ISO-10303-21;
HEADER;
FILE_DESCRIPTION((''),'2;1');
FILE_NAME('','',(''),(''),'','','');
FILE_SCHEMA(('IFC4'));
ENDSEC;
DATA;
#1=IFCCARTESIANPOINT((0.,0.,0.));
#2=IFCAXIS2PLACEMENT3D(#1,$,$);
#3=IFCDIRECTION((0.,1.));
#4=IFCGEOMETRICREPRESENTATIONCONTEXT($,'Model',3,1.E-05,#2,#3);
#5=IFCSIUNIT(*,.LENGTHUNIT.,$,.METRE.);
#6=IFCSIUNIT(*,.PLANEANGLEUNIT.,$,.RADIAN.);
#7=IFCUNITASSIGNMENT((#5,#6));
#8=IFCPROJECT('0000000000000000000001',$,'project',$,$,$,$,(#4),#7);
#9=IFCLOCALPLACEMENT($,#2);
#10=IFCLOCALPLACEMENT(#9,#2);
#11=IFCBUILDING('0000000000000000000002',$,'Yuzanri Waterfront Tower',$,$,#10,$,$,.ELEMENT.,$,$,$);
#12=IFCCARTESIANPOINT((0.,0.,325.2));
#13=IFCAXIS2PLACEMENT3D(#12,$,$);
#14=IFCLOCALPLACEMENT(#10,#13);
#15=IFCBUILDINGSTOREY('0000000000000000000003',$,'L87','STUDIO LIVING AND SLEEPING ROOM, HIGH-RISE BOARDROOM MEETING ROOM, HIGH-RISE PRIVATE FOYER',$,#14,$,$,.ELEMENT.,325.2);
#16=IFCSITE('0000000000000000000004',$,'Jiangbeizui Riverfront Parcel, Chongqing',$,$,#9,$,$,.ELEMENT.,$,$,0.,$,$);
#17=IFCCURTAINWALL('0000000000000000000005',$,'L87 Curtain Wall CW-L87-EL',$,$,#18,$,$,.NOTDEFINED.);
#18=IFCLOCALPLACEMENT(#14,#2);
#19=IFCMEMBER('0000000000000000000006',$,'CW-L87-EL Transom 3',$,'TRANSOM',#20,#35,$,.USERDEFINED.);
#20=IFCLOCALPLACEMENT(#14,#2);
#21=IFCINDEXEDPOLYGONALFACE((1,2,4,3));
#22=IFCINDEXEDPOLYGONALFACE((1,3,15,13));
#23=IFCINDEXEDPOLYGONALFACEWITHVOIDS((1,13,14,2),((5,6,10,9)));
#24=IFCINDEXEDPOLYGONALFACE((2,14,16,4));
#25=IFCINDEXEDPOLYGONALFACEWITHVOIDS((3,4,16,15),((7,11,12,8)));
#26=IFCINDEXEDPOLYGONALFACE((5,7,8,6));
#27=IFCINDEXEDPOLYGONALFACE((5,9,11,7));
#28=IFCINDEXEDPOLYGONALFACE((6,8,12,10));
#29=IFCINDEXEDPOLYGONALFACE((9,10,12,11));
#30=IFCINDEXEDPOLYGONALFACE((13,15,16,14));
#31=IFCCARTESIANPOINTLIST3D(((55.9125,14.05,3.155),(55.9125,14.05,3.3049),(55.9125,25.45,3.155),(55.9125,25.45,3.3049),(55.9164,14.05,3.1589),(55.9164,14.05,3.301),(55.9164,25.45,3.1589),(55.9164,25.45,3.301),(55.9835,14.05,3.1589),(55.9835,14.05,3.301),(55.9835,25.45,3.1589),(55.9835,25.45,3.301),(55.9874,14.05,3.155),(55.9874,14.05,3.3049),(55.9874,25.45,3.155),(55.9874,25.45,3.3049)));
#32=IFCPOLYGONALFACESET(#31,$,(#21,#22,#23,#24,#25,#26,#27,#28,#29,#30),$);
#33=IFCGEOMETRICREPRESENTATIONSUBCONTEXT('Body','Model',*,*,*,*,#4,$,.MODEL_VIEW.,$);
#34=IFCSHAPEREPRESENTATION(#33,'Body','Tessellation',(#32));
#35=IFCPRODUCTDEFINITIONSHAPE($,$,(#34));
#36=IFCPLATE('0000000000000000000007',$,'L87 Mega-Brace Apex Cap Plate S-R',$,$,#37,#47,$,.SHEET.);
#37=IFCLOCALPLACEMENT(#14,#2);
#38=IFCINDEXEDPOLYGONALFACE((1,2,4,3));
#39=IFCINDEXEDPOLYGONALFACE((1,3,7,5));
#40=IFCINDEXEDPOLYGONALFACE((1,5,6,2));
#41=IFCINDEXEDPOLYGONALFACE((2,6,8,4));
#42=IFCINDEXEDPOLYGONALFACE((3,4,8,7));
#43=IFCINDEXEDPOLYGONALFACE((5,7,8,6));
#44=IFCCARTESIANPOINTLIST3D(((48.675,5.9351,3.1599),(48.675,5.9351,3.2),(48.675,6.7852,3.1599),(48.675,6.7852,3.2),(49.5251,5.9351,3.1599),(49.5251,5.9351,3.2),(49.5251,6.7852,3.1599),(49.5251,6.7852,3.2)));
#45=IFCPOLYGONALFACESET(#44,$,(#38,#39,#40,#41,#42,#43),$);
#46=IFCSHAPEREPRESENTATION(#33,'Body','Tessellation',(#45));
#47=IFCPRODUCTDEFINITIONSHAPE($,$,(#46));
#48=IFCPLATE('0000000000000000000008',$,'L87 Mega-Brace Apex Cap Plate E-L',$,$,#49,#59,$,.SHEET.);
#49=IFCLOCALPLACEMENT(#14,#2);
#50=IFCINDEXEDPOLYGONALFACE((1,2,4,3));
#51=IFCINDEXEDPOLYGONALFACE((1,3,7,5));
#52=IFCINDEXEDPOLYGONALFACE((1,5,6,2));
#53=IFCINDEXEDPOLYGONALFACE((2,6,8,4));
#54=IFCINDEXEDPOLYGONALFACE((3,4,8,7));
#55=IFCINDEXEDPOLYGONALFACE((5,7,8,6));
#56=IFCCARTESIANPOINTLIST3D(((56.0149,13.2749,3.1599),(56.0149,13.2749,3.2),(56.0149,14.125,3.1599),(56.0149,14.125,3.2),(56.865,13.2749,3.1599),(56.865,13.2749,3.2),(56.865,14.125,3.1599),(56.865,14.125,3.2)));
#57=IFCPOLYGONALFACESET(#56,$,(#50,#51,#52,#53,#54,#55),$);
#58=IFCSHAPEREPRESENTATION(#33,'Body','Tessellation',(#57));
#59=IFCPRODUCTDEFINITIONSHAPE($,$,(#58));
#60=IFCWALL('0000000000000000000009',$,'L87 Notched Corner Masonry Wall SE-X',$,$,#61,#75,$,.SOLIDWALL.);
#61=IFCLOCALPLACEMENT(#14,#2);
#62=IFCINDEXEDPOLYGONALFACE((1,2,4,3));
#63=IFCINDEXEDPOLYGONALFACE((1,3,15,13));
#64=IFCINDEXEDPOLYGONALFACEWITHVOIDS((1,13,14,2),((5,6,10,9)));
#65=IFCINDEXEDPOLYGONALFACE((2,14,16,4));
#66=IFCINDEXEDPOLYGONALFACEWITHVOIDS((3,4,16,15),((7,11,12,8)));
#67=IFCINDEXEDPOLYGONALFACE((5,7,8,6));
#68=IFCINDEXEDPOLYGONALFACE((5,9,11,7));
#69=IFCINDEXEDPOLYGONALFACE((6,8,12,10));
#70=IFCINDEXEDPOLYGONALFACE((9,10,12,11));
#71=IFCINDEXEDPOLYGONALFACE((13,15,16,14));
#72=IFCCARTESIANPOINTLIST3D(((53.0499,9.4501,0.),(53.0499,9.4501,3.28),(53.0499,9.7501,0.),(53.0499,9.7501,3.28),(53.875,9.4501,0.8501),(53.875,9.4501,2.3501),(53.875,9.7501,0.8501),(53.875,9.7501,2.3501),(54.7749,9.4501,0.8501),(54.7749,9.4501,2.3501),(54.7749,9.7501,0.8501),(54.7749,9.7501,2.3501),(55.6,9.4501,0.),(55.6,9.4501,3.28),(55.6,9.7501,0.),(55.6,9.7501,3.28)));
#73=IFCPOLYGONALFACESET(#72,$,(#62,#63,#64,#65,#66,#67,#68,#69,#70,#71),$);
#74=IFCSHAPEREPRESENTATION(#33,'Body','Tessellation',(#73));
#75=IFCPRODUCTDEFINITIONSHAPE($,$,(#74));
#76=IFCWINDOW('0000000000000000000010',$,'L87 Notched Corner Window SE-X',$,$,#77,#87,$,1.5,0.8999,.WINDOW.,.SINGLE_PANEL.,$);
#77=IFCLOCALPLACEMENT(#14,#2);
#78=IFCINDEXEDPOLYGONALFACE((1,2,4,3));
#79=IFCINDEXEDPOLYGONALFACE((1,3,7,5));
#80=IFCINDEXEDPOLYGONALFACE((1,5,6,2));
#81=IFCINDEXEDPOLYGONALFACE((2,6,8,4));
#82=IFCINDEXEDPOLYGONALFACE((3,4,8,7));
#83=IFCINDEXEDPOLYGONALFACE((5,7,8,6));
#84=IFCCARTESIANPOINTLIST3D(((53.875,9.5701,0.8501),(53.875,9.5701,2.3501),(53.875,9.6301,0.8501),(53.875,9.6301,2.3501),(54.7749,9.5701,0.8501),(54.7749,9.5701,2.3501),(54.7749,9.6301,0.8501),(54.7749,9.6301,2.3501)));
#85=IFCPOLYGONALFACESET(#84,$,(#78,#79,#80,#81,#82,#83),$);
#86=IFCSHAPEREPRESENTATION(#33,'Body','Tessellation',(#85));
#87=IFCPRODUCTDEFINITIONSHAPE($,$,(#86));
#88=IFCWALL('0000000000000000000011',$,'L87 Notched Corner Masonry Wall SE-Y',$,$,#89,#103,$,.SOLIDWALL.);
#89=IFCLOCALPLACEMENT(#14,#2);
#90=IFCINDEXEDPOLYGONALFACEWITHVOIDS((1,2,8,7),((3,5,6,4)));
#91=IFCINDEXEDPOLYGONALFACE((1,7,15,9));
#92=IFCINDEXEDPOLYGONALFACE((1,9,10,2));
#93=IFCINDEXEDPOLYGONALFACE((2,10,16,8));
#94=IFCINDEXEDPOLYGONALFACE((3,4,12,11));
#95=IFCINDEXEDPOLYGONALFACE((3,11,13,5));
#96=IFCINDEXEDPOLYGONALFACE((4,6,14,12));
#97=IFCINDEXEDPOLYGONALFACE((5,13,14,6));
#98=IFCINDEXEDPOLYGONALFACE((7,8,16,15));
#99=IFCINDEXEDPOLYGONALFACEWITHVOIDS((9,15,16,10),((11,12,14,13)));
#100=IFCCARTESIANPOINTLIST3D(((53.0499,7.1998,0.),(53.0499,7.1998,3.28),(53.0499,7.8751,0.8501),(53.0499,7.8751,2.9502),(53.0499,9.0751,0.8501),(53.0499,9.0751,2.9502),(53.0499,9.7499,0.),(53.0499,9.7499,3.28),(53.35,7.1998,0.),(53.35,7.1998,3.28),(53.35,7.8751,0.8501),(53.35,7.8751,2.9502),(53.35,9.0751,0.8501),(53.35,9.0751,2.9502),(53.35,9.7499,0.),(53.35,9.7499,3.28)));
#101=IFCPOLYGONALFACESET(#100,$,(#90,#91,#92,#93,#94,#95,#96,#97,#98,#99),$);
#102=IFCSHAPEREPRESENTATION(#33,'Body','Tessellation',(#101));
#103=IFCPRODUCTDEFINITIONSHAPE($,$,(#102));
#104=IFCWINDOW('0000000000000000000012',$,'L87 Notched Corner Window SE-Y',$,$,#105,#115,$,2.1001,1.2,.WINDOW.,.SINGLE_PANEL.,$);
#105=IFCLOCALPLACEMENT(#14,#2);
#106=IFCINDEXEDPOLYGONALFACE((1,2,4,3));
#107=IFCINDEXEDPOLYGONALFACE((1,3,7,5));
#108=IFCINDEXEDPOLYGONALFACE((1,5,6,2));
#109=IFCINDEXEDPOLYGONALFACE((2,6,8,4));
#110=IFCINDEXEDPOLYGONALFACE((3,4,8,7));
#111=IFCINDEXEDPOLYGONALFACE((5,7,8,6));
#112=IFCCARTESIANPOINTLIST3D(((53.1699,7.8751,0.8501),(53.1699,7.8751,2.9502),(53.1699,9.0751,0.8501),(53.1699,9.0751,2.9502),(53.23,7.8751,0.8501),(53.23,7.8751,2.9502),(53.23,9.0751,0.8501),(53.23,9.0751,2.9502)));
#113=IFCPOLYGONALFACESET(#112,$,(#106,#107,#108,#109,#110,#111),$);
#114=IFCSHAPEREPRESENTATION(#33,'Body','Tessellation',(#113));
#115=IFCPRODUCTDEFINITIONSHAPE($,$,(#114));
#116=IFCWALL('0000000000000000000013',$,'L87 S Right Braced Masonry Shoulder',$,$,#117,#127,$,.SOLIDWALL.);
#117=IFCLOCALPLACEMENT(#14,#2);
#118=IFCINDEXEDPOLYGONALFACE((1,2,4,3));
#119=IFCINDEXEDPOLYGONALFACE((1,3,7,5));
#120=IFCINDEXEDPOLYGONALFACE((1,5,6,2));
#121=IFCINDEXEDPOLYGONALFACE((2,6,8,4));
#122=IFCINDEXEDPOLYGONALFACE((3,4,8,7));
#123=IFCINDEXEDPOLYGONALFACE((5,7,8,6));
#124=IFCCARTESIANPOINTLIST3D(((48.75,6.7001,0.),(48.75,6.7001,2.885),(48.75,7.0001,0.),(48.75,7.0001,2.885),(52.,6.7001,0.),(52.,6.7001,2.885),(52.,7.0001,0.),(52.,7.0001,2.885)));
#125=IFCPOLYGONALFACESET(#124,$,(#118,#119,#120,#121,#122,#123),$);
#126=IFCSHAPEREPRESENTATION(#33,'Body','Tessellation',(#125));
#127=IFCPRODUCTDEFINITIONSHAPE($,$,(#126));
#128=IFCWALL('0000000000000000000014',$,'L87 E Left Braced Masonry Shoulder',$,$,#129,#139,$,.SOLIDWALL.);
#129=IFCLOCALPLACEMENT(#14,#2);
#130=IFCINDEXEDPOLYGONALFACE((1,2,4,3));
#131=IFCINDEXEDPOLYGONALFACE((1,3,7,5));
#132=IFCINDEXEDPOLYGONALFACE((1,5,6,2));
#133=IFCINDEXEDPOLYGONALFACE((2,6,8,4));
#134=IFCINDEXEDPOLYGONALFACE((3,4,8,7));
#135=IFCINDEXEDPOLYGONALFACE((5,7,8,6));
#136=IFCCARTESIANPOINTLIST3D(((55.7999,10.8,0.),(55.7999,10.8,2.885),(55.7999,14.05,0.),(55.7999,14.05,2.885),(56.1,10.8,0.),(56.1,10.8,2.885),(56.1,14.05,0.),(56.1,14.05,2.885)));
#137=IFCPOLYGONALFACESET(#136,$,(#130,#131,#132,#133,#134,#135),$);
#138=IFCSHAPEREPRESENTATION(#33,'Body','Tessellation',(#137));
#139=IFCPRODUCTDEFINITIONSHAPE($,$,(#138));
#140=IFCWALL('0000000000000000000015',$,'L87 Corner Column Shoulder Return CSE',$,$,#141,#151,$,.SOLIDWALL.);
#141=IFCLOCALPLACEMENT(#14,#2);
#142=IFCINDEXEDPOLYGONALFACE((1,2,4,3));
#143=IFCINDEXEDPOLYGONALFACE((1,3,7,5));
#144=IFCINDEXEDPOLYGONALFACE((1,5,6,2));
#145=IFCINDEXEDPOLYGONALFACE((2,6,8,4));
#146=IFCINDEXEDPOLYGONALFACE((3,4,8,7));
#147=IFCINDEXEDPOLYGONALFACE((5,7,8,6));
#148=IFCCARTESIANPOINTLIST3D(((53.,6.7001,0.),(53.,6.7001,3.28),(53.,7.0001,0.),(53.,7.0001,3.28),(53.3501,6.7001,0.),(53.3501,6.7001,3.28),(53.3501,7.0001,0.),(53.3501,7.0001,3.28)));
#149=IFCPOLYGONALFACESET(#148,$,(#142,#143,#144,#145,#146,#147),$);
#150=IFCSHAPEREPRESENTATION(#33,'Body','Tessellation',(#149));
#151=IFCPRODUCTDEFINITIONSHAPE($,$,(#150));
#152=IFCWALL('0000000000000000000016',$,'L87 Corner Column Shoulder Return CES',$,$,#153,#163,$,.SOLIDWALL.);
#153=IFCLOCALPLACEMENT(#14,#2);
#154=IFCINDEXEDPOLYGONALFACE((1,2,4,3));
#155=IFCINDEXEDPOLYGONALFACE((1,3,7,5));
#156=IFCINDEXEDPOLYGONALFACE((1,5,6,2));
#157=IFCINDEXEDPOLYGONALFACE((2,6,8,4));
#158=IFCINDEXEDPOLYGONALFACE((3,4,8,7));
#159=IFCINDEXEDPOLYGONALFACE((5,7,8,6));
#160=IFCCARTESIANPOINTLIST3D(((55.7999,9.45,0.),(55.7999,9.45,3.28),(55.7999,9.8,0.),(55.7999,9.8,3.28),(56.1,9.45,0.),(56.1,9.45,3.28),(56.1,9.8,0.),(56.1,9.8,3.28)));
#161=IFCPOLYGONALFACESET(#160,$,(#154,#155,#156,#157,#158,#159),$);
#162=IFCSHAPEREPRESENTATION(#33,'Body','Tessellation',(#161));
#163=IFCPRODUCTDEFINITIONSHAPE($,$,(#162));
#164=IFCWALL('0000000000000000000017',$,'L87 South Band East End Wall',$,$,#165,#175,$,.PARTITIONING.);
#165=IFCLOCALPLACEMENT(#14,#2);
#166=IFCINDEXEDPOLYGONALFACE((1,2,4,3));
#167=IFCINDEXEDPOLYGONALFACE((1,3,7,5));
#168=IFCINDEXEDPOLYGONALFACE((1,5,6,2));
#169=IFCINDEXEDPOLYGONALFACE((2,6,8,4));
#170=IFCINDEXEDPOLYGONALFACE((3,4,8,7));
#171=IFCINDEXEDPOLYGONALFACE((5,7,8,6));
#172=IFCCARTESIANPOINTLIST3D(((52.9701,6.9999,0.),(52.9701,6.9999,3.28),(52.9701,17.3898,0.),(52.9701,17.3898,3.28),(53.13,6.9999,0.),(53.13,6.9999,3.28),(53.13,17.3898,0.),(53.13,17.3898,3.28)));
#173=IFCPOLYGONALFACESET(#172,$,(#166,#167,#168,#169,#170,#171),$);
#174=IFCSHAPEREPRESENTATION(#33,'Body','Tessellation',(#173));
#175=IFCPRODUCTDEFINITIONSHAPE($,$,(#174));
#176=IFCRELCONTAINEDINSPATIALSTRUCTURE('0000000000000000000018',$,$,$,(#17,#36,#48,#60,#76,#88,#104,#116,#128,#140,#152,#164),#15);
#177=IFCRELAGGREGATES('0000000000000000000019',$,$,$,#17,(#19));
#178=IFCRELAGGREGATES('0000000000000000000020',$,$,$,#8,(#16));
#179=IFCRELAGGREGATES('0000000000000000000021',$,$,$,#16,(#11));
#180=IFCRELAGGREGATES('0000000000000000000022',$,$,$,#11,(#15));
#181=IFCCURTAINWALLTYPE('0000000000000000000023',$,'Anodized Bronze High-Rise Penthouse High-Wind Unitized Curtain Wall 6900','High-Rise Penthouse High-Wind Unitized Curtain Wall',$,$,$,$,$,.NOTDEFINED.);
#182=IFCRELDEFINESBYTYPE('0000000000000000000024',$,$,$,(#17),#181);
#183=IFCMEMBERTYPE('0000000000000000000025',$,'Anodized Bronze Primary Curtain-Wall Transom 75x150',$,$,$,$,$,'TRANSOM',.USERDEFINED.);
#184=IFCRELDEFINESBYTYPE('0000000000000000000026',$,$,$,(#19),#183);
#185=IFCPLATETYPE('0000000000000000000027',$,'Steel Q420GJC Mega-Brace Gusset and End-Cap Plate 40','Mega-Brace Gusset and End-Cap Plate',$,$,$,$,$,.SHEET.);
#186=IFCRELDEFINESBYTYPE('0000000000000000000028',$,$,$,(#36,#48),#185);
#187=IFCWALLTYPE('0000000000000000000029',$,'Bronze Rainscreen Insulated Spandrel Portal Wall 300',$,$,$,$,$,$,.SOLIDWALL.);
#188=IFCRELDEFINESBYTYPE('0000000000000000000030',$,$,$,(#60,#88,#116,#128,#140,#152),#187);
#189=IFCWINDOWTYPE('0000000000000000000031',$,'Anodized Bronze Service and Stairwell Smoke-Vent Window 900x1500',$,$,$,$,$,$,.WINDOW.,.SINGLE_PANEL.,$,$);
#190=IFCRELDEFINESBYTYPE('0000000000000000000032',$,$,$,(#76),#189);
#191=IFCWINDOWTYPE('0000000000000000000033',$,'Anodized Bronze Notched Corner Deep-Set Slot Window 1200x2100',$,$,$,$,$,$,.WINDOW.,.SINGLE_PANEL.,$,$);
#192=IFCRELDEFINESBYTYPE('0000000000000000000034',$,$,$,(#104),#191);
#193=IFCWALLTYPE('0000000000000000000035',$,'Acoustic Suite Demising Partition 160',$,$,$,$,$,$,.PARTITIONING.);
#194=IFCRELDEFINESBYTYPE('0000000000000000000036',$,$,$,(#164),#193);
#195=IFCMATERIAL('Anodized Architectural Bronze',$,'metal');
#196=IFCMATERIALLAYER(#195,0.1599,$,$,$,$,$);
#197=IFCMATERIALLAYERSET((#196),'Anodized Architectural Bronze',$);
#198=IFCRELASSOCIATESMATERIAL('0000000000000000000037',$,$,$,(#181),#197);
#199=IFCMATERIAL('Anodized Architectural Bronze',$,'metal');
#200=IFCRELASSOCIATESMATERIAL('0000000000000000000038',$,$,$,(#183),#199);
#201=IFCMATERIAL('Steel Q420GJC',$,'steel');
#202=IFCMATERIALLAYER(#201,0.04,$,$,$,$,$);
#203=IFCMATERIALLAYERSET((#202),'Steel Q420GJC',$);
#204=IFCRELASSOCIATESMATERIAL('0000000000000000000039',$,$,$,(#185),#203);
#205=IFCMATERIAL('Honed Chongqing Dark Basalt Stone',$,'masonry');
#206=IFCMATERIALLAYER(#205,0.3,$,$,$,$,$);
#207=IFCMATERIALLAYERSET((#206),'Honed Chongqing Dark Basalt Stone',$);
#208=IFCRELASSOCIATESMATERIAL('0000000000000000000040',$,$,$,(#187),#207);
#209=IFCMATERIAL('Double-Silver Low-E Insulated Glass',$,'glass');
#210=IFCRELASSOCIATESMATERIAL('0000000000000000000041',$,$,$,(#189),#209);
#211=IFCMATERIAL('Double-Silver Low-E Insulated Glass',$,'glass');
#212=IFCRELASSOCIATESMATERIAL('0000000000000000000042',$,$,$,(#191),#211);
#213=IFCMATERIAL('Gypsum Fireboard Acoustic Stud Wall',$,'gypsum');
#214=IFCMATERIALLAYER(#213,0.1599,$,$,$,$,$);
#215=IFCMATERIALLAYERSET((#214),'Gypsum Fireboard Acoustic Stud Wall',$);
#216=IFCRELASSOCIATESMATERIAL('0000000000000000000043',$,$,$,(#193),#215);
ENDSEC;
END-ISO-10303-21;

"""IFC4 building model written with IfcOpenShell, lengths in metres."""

from ifc_helpers import new_model, si_unit, direction, frame, frame_2d, origin, origin_2d, place, context, subcontext, project, spatial, rectangle, hollow_rectangle, extrude, source, transform, mapped, material, layer, layer_set, material_profile, profile_set, type_object, element, fill, aggregate, save


model = new_model("IFC4")

# Units and contexts
model_context = context("Model", 3, precision=1e-05, world=origin(), true_north=direction((0.0, 1.0)))
body_context = subcontext(model_context, "Body", "Model", "MODEL_VIEW")
ifc_project = project(units=[si_unit("LENGTHUNIT", "METRE"), si_unit("PLANEANGLEUNIT", "RADIAN")], contexts=[model_context])

# Site, building, storey
site_placement = place(None, origin())
site = spatial("IfcSite", under=ifc_project, at=site_placement, Name="Jiangbeizui Riverfront Parcel, Chongqing", CompositionType="ELEMENT", RefElevation=0.0)
building_placement = place(site_placement, origin())
building = spatial("IfcBuilding", under=site, at=building_placement, Name="Yuzanri Waterfront Tower", CompositionType="ELEMENT")
storey_placement = place(building_placement, frame((0.0, 0.0, 325.2)))
storey = spatial("IfcBuildingStorey", under=building, at=storey_placement, Name="L87", Description="STUDIO LIVING AND SLEEPING ROOM, HIGH-RISE BOARDROOM MEETING ROOM, HIGH-RISE PRIVATE FOYER", CompositionType="ELEMENT", Elevation=325.2)

# Curtain wall
ifc_material_1 = material(Name="Anodized Architectural Bronze", Category="metal")
ifc_layer_1 = layer(ifc_material_1, 0.1599)
ifc_layer_set_1 = layer_set([ifc_layer_1], Name="Anodized Architectural Bronze")
curtain_wall_type = type_object("IfcCurtainWallType", Name="Anodized Bronze High-Rise Penthouse High-Wind Unitized Curtain Wall 6900", Description="High-Rise Penthouse High-Wind Unitized Curtain Wall", PredefinedType="NOTDEFINED", material=ifc_layer_set_1)
curtain_wall_1_placement = place(storey_placement, origin())
curtain_wall_1 = element("IfcCurtainWall", 1, at=curtain_wall_1_placement, inside=storey, type_object=curtain_wall_type, Name="L87 Curtain Wall CW-L87-EL", PredefinedType="NOTDEFINED")

# Member
ifc_material_2 = material(Name="Anodized Architectural Bronze", Category="metal")
ifc_material_profile_1 = material_profile(ifc_material_2, hollow_rectangle(XDim=0.075, YDim=0.1499, WallThickness=0.0039, at=origin_2d()), Name="CWT 75x150")
ifc_profile_set_1 = profile_set([ifc_material_profile_1], Name="Anodized Architectural Bronze")
member_type_1 = type_object("IfcMemberType", Name="Anodized Bronze Primary Curtain-Wall Transom 75x150", ElementType="TRANSOM", PredefinedType="USERDEFINED", material=ifc_profile_set_1)
shared_shape_1 = source(origin(), body_context, "Body", "SweptSolid", [
    extrude(hollow_rectangle(XDim=0.075, YDim=0.1499, WallThickness=0.0039, at=origin_2d()), origin(), (0.0, 0.0, 1.0), 11.3999),
])
member_1_placement = place(storey_placement, frame((55.95, 14.05, 3.23), z_axis=(0.0, 1.0, 0.0), x_axis=(-1.0, 0.0, 0.0)))
member_1 = element("IfcMember", 2, at=member_1_placement, type_object=member_type_1, Name="CW-L87-EL Transom 3", ObjectType="TRANSOM", PredefinedType="USERDEFINED", context=body_context, shape_type="MappedRepresentation", body=[
    mapped(shared_shape_1, transform((0.0, 0.0, 0.0), scale=1.0)),
])
aggregate(curtain_wall_1, [member_1])

# Plates
ifc_material_3 = material(Name="Steel Q420GJC", Category="steel")
ifc_layer_2 = layer(ifc_material_3, 0.04)
ifc_layer_set_2 = layer_set([ifc_layer_2], Name="Steel Q420GJC")
plate_type = type_object("IfcPlateType", Name="Steel Q420GJC Mega-Brace Gusset and End-Cap Plate 40", Description="Mega-Brace Gusset and End-Cap Plate", PredefinedType="SHEET", material=ifc_layer_set_2)
shared_shape_2 = source(origin(), body_context, "Body", "SweptSolid", [
    extrude(rectangle(XDim=0.8501, YDim=0.8501, at=origin_2d()), origin(), (0.0, 0.0, 1.0), 0.04),
])
for number, where, z_axis, x_axis, name in (
    (3, (49.1001, 6.3601, 3.1599), (0.0, 0.0, 1.0), (1.0, 0.0, 0.0), "L87 Mega-Brace Apex Cap Plate S-R"),
    (4, (56.4399, 13.7, 3.1599), (0.0, 0.0, 1.0), (1.0, 0.0, 0.0), "L87 Mega-Brace Apex Cap Plate E-L"),
):
    element("IfcPlate", number, at=place(storey_placement, frame(where, z_axis=z_axis, x_axis=x_axis)), inside=storey, type_object=plate_type, Name=name, PredefinedType="SHEET", context=body_context, shape_type="MappedRepresentation", body=[
        mapped(shared_shape_2, transform((0.0, 0.0, 0.0), scale=1.0)),
    ])

# Walls, openings, windows
ifc_material_4 = material(Name="Honed Chongqing Dark Basalt Stone", Category="masonry")
ifc_layer_3 = layer(ifc_material_4, 0.3)
ifc_layer_set_3 = layer_set([ifc_layer_3], Name="Honed Chongqing Dark Basalt Stone")
wall_type_1 = type_object("IfcWallType", Name="Bronze Rainscreen Insulated Spandrel Portal Wall 300", PredefinedType="SOLIDWALL", material=ifc_layer_set_3)
wall_1_placement = place(storey_placement, frame((53.05, 9.6001, 0.0), z_axis=(0.0, 0.0, 1.0), x_axis=(1.0, 0.0, 0.0)))
wall_1 = element("IfcWall", 5, at=wall_1_placement, inside=storey, type_object=wall_type_1, Name="L87 Notched Corner Masonry Wall SE-X", PredefinedType="SOLIDWALL", context=body_context, shape_type="SweptSolid", body=[
    extrude(rectangle(XDim=2.55, YDim=0.3, at=frame_2d((1.2749, 0.0))), origin(), (0.0, 0.0, 1.0), 3.28),
])
opening_1_placement = place(wall_1_placement, frame((0.825, 0.0, 0.8501)))
opening_1 = element("IfcOpeningElement", 6, at=opening_1_placement, cuts=wall_1, PredefinedType="OPENING", context=body_context, shape_type="SweptSolid", body=[
    extrude(rectangle(XDim=0.8999, YDim=1.5, at=frame_2d((0.45, 0.75))), frame((0.0, 0.165, 0.0), z_axis=(0.0, -1.0, 0.0), x_axis=(1.0, 0.0, 0.0)), (0.0, 0.0, 1.0), 0.3298),
])
ifc_material_5 = material(Name="Double-Silver Low-E Insulated Glass", Category="glass")
window_type_1 = type_object("IfcWindowType", Name="Anodized Bronze Service and Stairwell Smoke-Vent Window 900x1500", PartitioningType="SINGLE_PANEL", PredefinedType="WINDOW", material=ifc_material_5)
shared_shape_3 = source(origin(), body_context, "Body", "SweptSolid", [
    extrude(rectangle(XDim=0.8999, YDim=1.5, at=frame_2d((0.45, 0.75))), frame((0.0, 0.03, 0.0), z_axis=(0.0, -1.0, 0.0), x_axis=(1.0, 0.0, 0.0)), (0.0, 0.0, 1.0), 0.0601),
])
window_1_placement = place(opening_1_placement, origin())
window_1 = element("IfcWindow", 7, at=window_1_placement, inside=storey, type_object=window_type_1, Name="L87 Notched Corner Window SE-X", OverallHeight=1.5, OverallWidth=0.8999, PartitioningType="SINGLE_PANEL", PredefinedType="WINDOW", context=body_context, shape_type="MappedRepresentation", body=[
    mapped(shared_shape_3, transform((0.0, 0.0, 0.0), scale=1.0)),
])
fill(opening_1, window_1)
wall_2_placement = place(storey_placement, frame((53.2, 7.2, 0.0), z_axis=(0.0, 0.0, 1.0), x_axis=(0.0, 1.0, 0.0)))
wall_2 = element("IfcWall", 8, at=wall_2_placement, inside=storey, type_object=wall_type_1, Name="L87 Notched Corner Masonry Wall SE-Y", PredefinedType="SOLIDWALL", context=body_context, shape_type="SweptSolid", body=[
    extrude(rectangle(XDim=2.55, YDim=0.3, at=frame_2d((1.2749, 0.0))), origin(), (0.0, 0.0, 1.0), 3.28),
])
opening_2_placement = place(wall_2_placement, frame((0.675, 0.0, 0.8501)))
opening_2 = element("IfcOpeningElement", 9, at=opening_2_placement, cuts=wall_2, PredefinedType="OPENING", context=body_context, shape_type="SweptSolid", body=[
    extrude(rectangle(XDim=1.2, YDim=2.1001, at=frame_2d((0.6001, 1.05))), frame((0.0, 0.165, 0.0), z_axis=(0.0, -1.0, 0.0), x_axis=(1.0, 0.0, 0.0)), (0.0, 0.0, 1.0), 0.3298),
])
ifc_material_6 = material(Name="Double-Silver Low-E Insulated Glass", Category="glass")
window_type_2 = type_object("IfcWindowType", Name="Anodized Bronze Notched Corner Deep-Set Slot Window 1200x2100", PartitioningType="SINGLE_PANEL", PredefinedType="WINDOW", material=ifc_material_6)
shared_shape_4 = source(origin(), body_context, "Body", "SweptSolid", [
    extrude(rectangle(XDim=1.2, YDim=2.1001, at=frame_2d((0.6001, 1.05))), frame((0.0, 0.03, 0.0), z_axis=(0.0, -1.0, 0.0), x_axis=(1.0, 0.0, 0.0)), (0.0, 0.0, 1.0), 0.0601),
])
window_2_placement = place(opening_2_placement, origin())
window_2 = element("IfcWindow", 10, at=window_2_placement, inside=storey, type_object=window_type_2, Name="L87 Notched Corner Window SE-Y", OverallHeight=2.1001, OverallWidth=1.2, PartitioningType="SINGLE_PANEL", PredefinedType="WINDOW", context=body_context, shape_type="MappedRepresentation", body=[
    mapped(shared_shape_4, transform((0.0, 0.0, 0.0), scale=1.0)),
])
fill(opening_2, window_2)

# Walls
shared_shape_5 = source(origin(), body_context, "Body", "SweptSolid", [
    extrude(rectangle(XDim=3.25, YDim=0.3, at=frame_2d((1.625, 0.0))), origin(), (0.0, 0.0, 1.0), 2.885),
])
for number, where, z_axis, x_axis, name in (
    (11, (48.75, 6.8501, 0.0), (0.0, 0.0, 1.0), (1.0, 0.0, 0.0), "L87 S Right Braced Masonry Shoulder"),
    (12, (55.95, 10.8, 0.0), (0.0, 0.0, 1.0), (0.0, 1.0, 0.0), "L87 E Left Braced Masonry Shoulder"),
):
    element("IfcWall", number, at=place(storey_placement, frame(where, z_axis=z_axis, x_axis=x_axis)), inside=storey, type_object=wall_type_1, Name=name, PredefinedType="SOLIDWALL", context=body_context, shape_type="MappedRepresentation", body=[
        mapped(shared_shape_5, transform((0.0, 0.0, 0.0), scale=1.0)),
    ])
shared_shape_6 = source(origin(), body_context, "Body", "SweptSolid", [
    extrude(rectangle(XDim=0.3501, YDim=0.3, at=frame_2d((0.175, 0.0))), origin(), (0.0, 0.0, 1.0), 3.28),
])
for number, where, z_axis, x_axis, name in (
    (13, (53.0, 6.8501, 0.0), (0.0, 0.0, 1.0), (1.0, 0.0, 0.0), "L87 Corner Column Shoulder Return CSE"),
    (14, (55.95, 9.45, 0.0), (0.0, 0.0, 1.0), (0.0, 1.0, 0.0), "L87 Corner Column Shoulder Return CES"),
):
    element("IfcWall", number, at=place(storey_placement, frame(where, z_axis=z_axis, x_axis=x_axis)), inside=storey, type_object=wall_type_1, Name=name, PredefinedType="SOLIDWALL", context=body_context, shape_type="MappedRepresentation", body=[
        mapped(shared_shape_6, transform((0.0, 0.0, 0.0), scale=1.0)),
    ])
ifc_material_7 = material(Name="Gypsum Fireboard Acoustic Stud Wall", Category="gypsum")
ifc_layer_4 = layer(ifc_material_7, 0.1599)
ifc_layer_set_4 = layer_set([ifc_layer_4], Name="Gypsum Fireboard Acoustic Stud Wall")
wall_type_2 = type_object("IfcWallType", Name="Acoustic Suite Demising Partition 160", PredefinedType="PARTITIONING", material=ifc_layer_set_4)
shared_shape_7 = source(origin(), body_context, "Body", "SweptSolid", [
    extrude(rectangle(XDim=10.3899, YDim=0.1599, at=frame_2d((5.1948, 0.0))), origin(), (0.0, 0.0, 1.0), 3.28),
])
wall_3_placement = place(storey_placement, frame((53.05, 7.0, 0.0), z_axis=(0.0, 0.0, 1.0), x_axis=(0.0, 1.0, 0.0)))
element("IfcWall", 15, at=wall_3_placement, inside=storey, type_object=wall_type_2, Name="L87 South Band East End Wall", PredefinedType="PARTITIONING", context=body_context, shape_type="MappedRepresentation", body=[
    mapped(shared_shape_7, transform((0.0, 0.0, 0.0), scale=1.0)),
])

save(model, "model.ifc")
